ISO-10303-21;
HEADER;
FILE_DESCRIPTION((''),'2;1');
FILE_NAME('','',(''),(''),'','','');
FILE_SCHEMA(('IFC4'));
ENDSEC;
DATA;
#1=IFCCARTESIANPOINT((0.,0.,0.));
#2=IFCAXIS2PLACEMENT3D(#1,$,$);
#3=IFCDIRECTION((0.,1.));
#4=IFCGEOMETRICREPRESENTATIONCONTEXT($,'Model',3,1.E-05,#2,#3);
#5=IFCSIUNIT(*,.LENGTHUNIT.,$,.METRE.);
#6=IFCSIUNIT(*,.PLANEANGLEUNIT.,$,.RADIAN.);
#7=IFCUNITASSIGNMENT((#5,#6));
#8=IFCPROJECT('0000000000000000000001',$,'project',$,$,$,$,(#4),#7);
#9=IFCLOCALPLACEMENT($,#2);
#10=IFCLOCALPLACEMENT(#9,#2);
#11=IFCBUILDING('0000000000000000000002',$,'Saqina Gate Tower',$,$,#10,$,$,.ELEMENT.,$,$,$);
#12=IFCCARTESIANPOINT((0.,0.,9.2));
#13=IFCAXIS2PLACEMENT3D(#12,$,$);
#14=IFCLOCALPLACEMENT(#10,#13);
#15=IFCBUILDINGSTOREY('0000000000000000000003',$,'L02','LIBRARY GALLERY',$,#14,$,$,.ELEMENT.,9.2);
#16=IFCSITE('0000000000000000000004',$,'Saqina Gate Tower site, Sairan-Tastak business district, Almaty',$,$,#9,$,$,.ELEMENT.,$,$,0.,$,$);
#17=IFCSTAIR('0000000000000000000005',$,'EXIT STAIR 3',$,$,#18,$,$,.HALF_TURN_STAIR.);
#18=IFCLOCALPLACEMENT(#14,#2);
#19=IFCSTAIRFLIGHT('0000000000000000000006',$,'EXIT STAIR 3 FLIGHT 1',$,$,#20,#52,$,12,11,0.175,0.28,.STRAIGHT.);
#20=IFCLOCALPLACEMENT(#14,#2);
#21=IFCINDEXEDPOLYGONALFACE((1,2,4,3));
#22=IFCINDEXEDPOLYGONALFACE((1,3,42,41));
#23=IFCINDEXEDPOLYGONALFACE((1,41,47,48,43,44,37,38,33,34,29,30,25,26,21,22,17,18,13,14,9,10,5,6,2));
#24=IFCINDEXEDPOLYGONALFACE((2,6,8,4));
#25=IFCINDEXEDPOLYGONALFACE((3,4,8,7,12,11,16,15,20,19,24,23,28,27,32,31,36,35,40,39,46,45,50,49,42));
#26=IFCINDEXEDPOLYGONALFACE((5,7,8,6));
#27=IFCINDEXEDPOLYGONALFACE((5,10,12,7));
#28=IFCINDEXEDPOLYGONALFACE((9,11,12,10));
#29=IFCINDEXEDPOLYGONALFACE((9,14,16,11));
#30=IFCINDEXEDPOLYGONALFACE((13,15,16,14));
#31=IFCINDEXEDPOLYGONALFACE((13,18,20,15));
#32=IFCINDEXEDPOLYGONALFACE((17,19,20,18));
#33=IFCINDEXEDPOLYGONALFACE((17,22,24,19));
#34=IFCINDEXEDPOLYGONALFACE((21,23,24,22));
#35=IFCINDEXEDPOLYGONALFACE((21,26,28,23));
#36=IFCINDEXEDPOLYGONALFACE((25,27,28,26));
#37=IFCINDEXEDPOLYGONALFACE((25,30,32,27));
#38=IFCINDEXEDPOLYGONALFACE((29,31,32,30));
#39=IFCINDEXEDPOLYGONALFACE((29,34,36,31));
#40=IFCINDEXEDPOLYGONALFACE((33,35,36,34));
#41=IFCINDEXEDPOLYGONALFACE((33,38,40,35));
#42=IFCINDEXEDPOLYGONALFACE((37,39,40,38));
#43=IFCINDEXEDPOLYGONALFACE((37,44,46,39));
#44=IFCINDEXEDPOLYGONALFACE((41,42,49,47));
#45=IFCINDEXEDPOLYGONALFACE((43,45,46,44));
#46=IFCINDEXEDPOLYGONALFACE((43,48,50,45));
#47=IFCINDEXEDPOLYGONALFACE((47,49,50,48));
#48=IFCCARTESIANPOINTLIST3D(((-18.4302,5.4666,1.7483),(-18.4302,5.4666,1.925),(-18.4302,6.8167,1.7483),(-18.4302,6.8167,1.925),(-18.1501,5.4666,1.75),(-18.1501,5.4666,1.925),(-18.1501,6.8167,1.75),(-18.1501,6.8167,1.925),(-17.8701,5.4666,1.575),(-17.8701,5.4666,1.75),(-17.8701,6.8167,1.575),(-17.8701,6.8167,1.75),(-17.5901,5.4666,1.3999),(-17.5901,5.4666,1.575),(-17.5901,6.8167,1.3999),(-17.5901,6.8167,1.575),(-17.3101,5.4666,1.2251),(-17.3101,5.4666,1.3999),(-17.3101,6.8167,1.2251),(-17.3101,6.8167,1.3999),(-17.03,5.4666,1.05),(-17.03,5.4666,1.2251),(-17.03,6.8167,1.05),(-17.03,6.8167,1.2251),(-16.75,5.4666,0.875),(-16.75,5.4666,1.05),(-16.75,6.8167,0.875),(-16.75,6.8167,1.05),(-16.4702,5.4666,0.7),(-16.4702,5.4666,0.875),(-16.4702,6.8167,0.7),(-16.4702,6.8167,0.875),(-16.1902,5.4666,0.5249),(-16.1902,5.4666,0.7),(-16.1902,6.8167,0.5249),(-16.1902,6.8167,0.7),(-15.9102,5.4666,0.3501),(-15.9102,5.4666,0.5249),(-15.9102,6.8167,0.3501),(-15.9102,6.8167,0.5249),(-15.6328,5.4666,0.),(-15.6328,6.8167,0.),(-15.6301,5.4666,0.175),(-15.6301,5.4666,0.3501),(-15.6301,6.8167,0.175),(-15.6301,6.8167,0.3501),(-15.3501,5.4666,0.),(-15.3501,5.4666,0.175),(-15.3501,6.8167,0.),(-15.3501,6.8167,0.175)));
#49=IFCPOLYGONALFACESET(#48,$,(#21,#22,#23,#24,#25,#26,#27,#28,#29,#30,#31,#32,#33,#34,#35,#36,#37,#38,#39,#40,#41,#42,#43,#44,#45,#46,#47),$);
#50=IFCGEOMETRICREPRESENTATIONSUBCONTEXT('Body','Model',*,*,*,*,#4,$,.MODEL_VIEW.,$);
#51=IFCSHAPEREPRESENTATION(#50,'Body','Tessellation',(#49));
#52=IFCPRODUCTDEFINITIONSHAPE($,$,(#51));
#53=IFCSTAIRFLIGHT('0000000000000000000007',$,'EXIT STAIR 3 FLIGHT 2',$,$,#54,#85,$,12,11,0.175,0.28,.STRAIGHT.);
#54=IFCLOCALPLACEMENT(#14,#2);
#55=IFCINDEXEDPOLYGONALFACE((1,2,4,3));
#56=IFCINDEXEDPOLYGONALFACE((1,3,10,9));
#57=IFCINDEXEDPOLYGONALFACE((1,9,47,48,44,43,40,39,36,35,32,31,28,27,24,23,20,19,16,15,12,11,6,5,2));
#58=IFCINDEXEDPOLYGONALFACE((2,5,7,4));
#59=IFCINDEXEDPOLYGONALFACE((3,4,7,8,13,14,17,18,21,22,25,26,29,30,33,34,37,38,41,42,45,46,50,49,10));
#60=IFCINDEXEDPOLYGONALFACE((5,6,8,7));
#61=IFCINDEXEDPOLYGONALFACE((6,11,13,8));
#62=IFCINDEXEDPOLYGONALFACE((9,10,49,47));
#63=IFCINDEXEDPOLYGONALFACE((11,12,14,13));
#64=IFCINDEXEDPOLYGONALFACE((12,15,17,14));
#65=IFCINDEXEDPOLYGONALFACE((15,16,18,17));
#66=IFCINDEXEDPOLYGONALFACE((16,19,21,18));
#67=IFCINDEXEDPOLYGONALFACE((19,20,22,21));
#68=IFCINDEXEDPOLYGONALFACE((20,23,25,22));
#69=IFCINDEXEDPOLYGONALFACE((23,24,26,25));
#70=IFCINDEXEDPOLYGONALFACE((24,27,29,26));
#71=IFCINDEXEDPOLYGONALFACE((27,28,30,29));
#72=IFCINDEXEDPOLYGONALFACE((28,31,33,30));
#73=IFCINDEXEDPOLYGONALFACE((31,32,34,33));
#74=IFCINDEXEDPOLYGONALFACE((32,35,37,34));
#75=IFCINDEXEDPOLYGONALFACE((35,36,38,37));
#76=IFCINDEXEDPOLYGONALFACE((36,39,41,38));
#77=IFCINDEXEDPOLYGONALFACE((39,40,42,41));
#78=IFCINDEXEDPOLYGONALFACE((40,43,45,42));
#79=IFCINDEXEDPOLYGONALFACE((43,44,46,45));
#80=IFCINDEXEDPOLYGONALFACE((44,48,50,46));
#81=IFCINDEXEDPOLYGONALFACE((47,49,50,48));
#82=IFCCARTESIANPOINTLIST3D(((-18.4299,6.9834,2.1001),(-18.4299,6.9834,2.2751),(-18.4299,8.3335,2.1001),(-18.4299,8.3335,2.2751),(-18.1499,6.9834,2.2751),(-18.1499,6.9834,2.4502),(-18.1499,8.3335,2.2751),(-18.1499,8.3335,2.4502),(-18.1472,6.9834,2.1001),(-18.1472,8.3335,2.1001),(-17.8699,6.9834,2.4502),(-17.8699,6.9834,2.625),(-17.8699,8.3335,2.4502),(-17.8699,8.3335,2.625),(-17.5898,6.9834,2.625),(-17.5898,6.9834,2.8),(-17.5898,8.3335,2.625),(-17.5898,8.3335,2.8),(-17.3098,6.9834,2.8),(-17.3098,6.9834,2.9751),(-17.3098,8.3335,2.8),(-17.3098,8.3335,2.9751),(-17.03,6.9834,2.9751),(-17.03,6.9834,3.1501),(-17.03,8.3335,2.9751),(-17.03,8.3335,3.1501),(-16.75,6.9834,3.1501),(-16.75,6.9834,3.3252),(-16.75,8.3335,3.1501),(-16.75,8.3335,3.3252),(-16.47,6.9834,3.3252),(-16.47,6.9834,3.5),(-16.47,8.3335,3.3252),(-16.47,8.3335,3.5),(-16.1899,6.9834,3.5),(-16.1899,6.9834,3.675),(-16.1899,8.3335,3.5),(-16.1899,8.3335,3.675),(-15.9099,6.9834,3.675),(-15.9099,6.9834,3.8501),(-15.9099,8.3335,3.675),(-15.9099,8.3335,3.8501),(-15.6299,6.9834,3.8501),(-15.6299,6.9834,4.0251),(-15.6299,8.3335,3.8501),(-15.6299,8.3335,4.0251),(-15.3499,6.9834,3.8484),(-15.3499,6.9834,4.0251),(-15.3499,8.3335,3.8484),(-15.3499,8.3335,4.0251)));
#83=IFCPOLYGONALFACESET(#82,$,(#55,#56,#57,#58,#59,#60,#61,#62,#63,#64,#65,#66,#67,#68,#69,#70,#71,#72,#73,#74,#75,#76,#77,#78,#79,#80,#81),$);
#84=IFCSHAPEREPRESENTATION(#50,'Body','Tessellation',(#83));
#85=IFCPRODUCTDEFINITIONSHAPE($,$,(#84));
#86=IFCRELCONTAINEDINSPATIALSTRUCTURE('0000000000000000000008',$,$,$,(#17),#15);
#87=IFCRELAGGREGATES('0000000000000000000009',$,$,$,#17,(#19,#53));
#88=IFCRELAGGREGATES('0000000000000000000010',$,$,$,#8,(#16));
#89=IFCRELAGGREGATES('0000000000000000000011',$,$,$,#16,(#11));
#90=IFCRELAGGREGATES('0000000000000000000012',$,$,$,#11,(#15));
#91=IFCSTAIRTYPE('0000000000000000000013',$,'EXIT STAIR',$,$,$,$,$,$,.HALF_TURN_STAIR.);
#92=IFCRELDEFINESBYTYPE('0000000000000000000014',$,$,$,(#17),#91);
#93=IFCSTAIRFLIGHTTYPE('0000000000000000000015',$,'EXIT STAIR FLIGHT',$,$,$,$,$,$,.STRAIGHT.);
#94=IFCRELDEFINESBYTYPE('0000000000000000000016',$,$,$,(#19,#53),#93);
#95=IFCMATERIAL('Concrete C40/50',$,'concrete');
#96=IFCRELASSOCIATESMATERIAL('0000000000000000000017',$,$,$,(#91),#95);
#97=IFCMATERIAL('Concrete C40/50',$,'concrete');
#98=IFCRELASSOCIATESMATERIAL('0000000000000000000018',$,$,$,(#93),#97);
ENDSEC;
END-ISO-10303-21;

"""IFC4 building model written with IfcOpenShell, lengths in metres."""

from ifc_helpers import new_model, si_unit, direction, frame, origin, place, context, subcontext, project, spatial, polyline, outline, extrude, material, type_object, element, aggregate, save


model = new_model("IFC4")

# Units and contexts
model_context = context("Model", 3, precision=1e-05, world=origin(), true_north=direction((0.0, 1.0)))
body_context = subcontext(model_context, "Body", "Model", "MODEL_VIEW")
ifc_project = project(units=[si_unit("LENGTHUNIT", "METRE"), si_unit("PLANEANGLEUNIT", "RADIAN")], contexts=[model_context])

# Site, building, storey
site_placement = place(None, origin())
site = spatial("IfcSite", under=ifc_project, at=site_placement, Name="Saqina Gate Tower site, Sairan-Tastak business district, Almaty", CompositionType="ELEMENT", RefElevation=0.0)
building_placement = place(site_placement, origin())
building = spatial("IfcBuilding", under=site, at=building_placement, Name="Saqina Gate Tower", CompositionType="ELEMENT")
storey_placement = place(building_placement, frame((0.0, 0.0, 9.2)))
storey = spatial("IfcBuildingStorey", under=building, at=storey_placement, Name="L02", Description="LIBRARY GALLERY", CompositionType="ELEMENT", Elevation=9.2)

# Shared definitions
ifc_material_1 = material(Name="Concrete C40/50", Category="concrete")
stair_type = type_object("IfcStairType", Name="EXIT STAIR", PredefinedType="HALF_TURN_STAIR", material=ifc_material_1)

# Stair, stair flights
stair_1_placement = place(storey_placement, origin())
stair_1 = element("IfcStair", 1, at=stair_1_placement, inside=storey, type_object=stair_type, Name="EXIT STAIR 3", PredefinedType="HALF_TURN_STAIR")
ifc_material_2 = material(Name="Concrete C40/50", Category="concrete")
stair_flight_type = type_object("IfcStairFlightType", Name="EXIT STAIR FLIGHT", PredefinedType="STRAIGHT", material=ifc_material_2)
stair_flight_1_placement = place(storey_placement, frame((-15.3501, 6.1416, 0.0), z_axis=(0.0, 0.0, 1.0), x_axis=(-1.0, 0.0, 0.0)))
stair_flight_1 = element("IfcStairFlight", 2, at=stair_flight_1_placement, type_object=stair_flight_type, Name="EXIT STAIR 3 FLIGHT 1", NumberOfRisers=12, NumberOfTreads=11, PredefinedType="STRAIGHT", RiserHeight=0.175, TreadLength=0.28, context=body_context, shape_type="SweptSolid", body=[
    extrude(outline(polyline([(0.0, 0.0), (0.0, 0.175), (0.28, 0.175), (0.28, 0.3501), (0.5601, 0.3501), (0.5601, 0.5249), (0.8401, 0.5249), (0.8401, 0.7), (1.1201, 0.7), (1.1201, 0.875), (1.3999, 0.875), (1.3999, 1.05), (1.6799, 1.05), (1.6799, 1.2251), (1.96, 1.2251), (1.96, 1.3999), (2.24, 1.3999), (2.24, 1.575), (2.52, 1.575), (2.52, 1.75), (2.8, 1.75), (2.8, 1.925), (3.0801, 1.925), (3.0801, 2.1001), (3.0801, 1.7483), (0.2827, 0.0), (0.0, 0.0)])), frame((0.0, 0.675, 0.0), z_axis=(0.0, -1.0, 0.0), x_axis=(1.0, 0.0, 0.0)), (0.0, 0.0, 1.0), 1.3501),
])
stair_flight_2_placement = place(storey_placement, frame((-18.4299, 7.6584, 2.1001), z_axis=(0.0, 0.0, 1.0), x_axis=(1.0, 0.0, 0.0)))
stair_flight_2 = element("IfcStairFlight", 3, at=stair_flight_2_placement, type_object=stair_flight_type, Name="EXIT STAIR 3 FLIGHT 2", NumberOfRisers=12, NumberOfTreads=11, PredefinedType="STRAIGHT", RiserHeight=0.175, TreadLength=0.28, context=body_context, shape_type="SweptSolid", body=[
    extrude(outline(polyline([(0.0, 0.0), (0.0, 0.175), (0.28, 0.175), (0.28, 0.3501), (0.5601, 0.3501), (0.5601, 0.5249), (0.8401, 0.5249), (0.8401, 0.7), (1.1201, 0.7), (1.1201, 0.875), (1.3999, 0.875), (1.3999, 1.05), (1.6799, 1.05), (1.6799, 1.2251), (1.96, 1.2251), (1.96, 1.3999), (2.24, 1.3999), (2.24, 1.575), (2.52, 1.575), (2.52, 1.75), (2.8, 1.75), (2.8, 1.925), (3.0801, 1.925), (3.0801, 2.1001), (3.0801, 1.7483), (0.2827, 0.0), (0.0, 0.0)])), frame((0.0, 0.675, 0.0), z_axis=(0.0, -1.0, 0.0), x_axis=(1.0, 0.0, 0.0)), (0.0, 0.0, 1.0), 1.3501),
])
aggregate(stair_1, [stair_flight_1, stair_flight_2])

save(model, "model.ifc")
